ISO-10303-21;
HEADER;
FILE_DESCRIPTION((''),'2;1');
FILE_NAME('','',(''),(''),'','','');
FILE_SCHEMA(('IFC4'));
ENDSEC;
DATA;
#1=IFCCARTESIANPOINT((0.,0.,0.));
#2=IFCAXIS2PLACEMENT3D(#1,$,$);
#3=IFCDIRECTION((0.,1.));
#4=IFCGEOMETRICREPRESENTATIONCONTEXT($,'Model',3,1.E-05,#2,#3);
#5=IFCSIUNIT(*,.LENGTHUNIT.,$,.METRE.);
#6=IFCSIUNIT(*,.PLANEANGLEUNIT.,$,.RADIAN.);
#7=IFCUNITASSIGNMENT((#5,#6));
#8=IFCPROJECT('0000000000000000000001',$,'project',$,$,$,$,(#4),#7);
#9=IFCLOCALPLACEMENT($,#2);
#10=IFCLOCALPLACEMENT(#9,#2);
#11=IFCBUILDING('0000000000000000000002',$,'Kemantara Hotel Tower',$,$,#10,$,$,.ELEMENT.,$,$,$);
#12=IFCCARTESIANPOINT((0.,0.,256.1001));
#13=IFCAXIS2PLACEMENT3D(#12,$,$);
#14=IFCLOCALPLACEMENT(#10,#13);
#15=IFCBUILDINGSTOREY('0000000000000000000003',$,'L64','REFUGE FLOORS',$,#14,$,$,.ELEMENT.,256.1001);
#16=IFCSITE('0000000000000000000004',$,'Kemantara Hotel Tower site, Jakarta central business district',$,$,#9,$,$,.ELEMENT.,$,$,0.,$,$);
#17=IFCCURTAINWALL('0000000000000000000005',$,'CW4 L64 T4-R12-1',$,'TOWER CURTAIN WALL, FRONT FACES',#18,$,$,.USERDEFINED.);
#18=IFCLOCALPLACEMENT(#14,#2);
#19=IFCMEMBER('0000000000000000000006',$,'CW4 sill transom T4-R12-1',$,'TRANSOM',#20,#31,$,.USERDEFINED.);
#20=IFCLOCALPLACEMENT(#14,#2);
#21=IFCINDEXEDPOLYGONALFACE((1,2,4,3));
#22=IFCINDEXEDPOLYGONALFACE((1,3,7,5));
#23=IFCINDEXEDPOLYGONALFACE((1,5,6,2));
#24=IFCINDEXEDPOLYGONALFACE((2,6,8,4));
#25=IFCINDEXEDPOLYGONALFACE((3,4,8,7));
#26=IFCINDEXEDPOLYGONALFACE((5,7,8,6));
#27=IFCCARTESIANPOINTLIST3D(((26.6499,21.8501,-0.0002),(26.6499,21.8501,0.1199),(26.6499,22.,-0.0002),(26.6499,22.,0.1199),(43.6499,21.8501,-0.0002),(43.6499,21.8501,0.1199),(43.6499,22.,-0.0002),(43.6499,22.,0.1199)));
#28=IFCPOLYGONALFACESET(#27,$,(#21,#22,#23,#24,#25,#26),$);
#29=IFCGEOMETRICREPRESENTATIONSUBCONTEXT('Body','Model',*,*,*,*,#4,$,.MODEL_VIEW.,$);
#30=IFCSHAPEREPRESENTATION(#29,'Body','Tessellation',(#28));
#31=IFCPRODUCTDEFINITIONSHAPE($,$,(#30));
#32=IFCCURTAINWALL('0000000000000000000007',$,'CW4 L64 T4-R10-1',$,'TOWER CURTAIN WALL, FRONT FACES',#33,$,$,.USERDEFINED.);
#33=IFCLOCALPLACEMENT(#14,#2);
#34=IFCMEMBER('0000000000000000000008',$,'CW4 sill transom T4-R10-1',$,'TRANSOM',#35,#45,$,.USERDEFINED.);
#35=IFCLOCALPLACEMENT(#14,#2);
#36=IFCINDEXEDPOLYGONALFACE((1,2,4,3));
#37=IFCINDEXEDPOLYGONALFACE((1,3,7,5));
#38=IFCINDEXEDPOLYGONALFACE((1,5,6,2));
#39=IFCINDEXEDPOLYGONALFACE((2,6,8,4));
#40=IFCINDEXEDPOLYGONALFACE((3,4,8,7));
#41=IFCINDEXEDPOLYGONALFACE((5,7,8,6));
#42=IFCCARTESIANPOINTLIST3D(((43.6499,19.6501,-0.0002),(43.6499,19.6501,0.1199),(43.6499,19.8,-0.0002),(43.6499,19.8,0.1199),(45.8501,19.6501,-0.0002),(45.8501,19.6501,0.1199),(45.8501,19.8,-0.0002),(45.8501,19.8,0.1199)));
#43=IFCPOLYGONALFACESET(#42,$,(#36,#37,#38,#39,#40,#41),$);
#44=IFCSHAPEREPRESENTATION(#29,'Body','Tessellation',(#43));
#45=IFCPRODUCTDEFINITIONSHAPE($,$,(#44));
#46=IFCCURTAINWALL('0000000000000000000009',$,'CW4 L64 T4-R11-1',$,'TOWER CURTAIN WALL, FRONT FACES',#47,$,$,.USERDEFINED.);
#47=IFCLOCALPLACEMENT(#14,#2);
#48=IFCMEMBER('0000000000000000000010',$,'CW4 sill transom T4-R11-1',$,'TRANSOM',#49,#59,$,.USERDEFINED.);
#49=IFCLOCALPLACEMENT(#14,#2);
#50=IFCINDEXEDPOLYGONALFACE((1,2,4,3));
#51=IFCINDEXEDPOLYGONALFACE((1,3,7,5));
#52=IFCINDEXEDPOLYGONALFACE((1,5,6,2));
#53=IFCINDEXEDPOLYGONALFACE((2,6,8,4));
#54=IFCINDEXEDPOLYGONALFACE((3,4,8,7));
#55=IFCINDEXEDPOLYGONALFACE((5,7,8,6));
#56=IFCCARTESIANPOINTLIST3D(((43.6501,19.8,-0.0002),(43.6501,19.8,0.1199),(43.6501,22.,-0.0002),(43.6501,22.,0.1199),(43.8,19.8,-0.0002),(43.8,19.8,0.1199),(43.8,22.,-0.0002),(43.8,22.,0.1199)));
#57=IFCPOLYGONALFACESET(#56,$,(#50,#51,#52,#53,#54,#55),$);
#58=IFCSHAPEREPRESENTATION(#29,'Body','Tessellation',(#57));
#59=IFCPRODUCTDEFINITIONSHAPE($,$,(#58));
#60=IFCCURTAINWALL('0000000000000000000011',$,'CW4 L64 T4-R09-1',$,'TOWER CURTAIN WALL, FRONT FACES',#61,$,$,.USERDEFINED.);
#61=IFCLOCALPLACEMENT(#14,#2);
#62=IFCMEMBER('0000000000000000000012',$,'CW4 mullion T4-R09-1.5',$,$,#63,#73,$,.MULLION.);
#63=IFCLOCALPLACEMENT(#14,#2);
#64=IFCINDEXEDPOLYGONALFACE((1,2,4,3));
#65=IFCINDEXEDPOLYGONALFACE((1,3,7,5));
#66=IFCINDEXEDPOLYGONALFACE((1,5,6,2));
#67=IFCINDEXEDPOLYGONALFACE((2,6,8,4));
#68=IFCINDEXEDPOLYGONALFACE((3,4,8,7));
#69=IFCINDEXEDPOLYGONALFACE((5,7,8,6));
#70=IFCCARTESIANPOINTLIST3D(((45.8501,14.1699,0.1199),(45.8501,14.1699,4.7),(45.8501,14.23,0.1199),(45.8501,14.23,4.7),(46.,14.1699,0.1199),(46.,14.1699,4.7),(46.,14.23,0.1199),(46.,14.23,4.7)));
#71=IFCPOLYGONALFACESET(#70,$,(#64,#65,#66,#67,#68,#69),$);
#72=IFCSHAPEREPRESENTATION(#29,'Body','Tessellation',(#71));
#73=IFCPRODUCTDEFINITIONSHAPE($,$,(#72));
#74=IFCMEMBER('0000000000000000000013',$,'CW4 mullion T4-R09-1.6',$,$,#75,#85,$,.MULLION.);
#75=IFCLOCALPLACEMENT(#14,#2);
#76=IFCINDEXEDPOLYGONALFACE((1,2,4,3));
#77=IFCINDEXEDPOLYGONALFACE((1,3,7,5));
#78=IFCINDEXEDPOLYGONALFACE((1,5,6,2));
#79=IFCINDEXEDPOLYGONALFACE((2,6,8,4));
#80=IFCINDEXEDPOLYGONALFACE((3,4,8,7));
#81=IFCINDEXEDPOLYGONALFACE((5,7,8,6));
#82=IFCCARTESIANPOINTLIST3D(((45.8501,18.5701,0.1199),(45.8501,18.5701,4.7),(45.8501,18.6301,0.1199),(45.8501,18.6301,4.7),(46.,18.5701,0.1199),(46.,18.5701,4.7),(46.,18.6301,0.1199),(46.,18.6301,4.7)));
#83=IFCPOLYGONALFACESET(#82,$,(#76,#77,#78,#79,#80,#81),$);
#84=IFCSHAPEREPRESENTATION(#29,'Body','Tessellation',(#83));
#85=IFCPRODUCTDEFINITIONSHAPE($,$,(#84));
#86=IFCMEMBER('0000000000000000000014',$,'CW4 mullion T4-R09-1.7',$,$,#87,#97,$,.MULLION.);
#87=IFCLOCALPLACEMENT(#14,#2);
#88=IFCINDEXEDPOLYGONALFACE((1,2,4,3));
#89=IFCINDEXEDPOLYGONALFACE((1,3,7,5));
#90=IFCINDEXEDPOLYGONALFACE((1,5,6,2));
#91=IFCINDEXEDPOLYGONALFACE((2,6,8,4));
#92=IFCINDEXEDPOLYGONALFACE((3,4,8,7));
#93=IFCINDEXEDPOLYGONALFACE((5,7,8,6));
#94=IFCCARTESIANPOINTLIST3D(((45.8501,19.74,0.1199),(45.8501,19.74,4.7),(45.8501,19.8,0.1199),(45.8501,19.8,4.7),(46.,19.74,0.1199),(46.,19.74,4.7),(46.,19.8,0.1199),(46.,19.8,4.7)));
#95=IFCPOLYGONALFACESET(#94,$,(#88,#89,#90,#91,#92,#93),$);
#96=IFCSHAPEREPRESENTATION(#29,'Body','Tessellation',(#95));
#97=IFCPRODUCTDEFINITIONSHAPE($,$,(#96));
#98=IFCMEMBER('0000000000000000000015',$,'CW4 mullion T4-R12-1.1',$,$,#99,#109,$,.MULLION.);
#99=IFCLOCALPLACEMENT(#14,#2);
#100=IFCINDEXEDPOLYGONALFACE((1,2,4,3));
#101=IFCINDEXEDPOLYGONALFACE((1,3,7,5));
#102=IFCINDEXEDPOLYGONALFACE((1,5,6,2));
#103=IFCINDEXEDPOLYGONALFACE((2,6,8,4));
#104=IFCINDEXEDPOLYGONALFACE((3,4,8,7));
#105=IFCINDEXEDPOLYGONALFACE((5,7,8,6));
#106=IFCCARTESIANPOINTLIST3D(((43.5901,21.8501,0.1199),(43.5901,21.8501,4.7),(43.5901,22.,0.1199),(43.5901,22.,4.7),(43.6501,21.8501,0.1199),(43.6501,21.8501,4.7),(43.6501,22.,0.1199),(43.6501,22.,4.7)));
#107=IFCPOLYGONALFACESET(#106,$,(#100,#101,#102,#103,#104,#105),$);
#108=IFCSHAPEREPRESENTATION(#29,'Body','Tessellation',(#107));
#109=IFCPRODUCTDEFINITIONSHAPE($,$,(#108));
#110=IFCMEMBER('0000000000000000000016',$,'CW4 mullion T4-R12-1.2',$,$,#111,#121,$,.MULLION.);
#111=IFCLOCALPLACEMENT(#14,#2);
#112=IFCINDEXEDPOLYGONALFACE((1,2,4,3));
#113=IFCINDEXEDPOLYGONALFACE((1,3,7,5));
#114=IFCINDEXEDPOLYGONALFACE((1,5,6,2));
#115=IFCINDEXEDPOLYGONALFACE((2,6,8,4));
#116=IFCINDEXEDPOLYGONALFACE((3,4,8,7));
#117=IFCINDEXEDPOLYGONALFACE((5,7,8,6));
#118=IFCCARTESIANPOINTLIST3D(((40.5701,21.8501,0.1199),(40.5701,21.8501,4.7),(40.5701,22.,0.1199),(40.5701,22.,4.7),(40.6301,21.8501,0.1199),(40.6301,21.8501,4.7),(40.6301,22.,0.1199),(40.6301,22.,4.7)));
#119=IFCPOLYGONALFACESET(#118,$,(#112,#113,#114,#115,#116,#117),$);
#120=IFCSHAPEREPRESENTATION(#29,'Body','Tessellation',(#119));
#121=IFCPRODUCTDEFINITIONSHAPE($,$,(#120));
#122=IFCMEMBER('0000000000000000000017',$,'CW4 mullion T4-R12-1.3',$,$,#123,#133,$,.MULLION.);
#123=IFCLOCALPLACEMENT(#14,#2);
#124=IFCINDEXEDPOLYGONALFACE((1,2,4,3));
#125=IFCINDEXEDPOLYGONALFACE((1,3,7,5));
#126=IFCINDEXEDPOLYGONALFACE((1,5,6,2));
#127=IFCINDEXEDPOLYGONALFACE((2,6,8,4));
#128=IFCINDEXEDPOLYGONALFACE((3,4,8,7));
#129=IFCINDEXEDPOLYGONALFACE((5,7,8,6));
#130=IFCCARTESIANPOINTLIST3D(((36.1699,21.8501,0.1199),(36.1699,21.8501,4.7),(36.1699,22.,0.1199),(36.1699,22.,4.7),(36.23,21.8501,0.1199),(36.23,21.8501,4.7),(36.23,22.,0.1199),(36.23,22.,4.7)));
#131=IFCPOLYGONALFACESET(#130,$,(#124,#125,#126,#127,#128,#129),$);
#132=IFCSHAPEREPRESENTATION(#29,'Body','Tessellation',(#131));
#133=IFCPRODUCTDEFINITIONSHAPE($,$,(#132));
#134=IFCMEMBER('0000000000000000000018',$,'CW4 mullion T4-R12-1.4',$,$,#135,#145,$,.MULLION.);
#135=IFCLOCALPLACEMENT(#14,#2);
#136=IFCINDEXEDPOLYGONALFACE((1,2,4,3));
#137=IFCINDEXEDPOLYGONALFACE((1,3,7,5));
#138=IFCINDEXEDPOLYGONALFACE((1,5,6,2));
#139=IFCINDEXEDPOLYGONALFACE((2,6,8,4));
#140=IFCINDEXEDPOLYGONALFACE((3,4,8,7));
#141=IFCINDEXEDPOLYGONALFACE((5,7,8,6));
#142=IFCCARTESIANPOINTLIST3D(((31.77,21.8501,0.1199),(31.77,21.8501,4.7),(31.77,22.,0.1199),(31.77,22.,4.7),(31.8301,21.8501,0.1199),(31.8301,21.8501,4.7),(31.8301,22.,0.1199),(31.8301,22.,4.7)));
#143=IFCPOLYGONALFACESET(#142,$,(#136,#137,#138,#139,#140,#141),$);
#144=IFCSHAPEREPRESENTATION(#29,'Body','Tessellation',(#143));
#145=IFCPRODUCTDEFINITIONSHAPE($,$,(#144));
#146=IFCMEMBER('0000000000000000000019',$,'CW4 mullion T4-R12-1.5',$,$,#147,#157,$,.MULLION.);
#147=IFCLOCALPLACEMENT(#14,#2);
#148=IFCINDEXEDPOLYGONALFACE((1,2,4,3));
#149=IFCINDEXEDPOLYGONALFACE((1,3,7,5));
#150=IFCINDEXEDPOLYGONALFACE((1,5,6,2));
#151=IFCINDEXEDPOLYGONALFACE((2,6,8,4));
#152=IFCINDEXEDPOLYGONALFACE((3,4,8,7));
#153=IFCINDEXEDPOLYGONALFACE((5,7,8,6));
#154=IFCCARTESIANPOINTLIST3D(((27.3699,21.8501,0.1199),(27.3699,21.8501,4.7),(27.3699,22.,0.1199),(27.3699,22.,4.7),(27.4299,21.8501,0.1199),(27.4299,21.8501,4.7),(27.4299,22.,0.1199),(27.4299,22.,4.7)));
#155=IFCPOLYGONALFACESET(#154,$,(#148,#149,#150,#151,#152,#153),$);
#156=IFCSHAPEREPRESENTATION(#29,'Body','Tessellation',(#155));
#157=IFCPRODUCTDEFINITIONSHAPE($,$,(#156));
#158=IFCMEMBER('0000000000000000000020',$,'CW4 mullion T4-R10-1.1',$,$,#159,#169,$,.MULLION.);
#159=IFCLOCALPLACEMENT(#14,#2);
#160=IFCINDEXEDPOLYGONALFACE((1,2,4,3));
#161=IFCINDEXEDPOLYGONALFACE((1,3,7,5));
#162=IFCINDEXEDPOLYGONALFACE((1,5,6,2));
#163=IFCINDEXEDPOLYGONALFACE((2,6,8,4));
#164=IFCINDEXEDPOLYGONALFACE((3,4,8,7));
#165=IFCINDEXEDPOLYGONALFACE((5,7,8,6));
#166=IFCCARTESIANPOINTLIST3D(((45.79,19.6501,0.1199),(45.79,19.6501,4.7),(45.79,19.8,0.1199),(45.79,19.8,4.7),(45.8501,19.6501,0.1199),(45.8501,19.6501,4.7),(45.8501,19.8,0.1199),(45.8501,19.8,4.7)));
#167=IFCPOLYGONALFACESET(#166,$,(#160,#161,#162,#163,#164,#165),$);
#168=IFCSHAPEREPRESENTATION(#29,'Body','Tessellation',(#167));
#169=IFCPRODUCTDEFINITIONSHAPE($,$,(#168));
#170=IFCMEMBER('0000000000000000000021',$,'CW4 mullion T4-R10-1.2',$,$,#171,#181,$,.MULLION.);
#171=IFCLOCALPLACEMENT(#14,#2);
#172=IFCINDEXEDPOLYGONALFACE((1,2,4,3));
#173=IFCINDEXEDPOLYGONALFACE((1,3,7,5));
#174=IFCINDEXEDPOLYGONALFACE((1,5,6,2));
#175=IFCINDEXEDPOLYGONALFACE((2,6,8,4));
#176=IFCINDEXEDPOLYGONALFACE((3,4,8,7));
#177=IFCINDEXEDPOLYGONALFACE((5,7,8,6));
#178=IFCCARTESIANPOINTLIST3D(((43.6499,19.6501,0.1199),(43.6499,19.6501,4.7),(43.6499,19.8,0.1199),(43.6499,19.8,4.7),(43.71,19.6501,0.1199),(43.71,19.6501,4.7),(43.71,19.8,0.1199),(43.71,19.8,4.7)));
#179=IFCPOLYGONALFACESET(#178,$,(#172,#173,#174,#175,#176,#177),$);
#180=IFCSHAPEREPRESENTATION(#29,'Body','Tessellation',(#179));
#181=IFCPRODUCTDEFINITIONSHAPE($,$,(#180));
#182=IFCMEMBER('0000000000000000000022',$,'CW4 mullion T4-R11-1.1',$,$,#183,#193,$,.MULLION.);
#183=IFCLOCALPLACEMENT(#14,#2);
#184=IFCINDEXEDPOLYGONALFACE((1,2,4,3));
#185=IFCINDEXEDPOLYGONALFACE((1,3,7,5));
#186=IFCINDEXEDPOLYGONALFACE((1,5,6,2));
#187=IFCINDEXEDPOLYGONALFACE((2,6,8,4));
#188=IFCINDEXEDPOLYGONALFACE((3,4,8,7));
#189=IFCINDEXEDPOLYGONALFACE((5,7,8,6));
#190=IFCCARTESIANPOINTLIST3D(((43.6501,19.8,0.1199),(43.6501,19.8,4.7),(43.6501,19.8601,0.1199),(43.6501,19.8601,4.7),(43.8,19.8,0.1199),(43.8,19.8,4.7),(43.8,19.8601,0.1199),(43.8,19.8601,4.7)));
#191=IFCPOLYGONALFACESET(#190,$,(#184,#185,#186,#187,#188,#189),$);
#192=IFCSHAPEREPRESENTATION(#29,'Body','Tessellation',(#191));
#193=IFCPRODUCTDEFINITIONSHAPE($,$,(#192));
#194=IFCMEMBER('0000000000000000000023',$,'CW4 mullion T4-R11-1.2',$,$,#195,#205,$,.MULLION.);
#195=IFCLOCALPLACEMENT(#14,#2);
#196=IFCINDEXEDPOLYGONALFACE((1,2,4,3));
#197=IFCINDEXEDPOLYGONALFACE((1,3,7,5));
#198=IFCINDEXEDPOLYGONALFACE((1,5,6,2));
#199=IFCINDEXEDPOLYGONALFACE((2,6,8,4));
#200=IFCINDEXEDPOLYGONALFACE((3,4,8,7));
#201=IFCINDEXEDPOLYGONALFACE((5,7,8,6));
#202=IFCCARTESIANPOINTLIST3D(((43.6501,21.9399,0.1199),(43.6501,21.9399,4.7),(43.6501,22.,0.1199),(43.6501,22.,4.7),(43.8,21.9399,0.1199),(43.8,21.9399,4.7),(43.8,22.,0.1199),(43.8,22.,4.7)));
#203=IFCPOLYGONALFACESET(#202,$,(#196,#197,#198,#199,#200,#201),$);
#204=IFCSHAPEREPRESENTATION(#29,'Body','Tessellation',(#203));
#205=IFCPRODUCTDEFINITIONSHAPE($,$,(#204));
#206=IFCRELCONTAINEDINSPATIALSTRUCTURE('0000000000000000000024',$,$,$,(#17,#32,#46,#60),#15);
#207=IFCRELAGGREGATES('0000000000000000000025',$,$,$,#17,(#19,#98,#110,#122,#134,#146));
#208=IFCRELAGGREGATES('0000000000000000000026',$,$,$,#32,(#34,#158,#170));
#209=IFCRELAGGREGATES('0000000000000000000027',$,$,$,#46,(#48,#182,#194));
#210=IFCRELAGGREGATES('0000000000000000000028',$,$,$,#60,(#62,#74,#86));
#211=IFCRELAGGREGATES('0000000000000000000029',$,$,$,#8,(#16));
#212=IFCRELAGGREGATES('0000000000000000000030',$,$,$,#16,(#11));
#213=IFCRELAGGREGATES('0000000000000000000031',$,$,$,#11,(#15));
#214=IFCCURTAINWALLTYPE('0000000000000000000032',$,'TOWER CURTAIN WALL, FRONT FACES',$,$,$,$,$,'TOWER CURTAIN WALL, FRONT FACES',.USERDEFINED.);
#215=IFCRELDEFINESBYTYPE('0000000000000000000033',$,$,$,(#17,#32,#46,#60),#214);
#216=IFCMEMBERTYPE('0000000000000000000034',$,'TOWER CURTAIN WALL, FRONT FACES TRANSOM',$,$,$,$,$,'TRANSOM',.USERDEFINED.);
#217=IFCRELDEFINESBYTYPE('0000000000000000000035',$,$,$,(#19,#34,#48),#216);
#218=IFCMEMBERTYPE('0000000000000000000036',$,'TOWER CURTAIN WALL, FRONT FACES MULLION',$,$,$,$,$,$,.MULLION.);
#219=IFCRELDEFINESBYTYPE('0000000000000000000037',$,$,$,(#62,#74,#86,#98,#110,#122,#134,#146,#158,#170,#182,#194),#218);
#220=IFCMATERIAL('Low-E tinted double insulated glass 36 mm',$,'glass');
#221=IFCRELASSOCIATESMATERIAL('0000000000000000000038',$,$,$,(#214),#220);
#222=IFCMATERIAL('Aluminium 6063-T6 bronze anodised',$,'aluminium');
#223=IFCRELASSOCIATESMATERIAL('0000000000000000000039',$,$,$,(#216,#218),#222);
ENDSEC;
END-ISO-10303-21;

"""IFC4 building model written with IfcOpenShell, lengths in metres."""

from ifc_helpers import new_model, si_unit, direction, frame, origin, origin_2d, place, context, subcontext, project, spatial, rectangle, extrude, source, transform, mapped, material, material_profile, profile_set, type_object, element, aggregate, save


model = new_model("IFC4")

# Units and contexts
model_context = context("Model", 3, precision=1e-05, world=origin(), true_north=direction((0.0, 1.0)))
body_context = subcontext(model_context, "Body", "Model", "MODEL_VIEW")
ifc_project = project(units=[si_unit("LENGTHUNIT", "METRE"), si_unit("PLANEANGLEUNIT", "RADIAN")], contexts=[model_context])

# Site, building, storey
site_placement = place(None, origin())
site = spatial("IfcSite", under=ifc_project, at=site_placement, Name="Kemantara Hotel Tower site, Jakarta central business district", CompositionType="ELEMENT", RefElevation=0.0)
building_placement = place(site_placement, origin())
building = spatial("IfcBuilding", under=site, at=building_placement, Name="Kemantara Hotel Tower", CompositionType="ELEMENT")
storey_placement = place(building_placement, frame((0.0, 0.0, 256.1001)))
storey = spatial("IfcBuildingStorey", under=building, at=storey_placement, Name="L64", Description="REFUGE FLOORS", CompositionType="ELEMENT", Elevation=256.1001)

# Curtain walls, members
ifc_material_1 = material(Name="Low-E tinted double insulated glass 36 mm", Category="glass")
curtain_wall_type = type_object("IfcCurtainWallType", Name="TOWER CURTAIN WALL, FRONT FACES", ElementType="TOWER CURTAIN WALL, FRONT FACES", PredefinedType="USERDEFINED", material=ifc_material_1)
curtain_wall_1_placement = place(storey_placement, origin())
curtain_wall_1 = element("IfcCurtainWall", 1, at=curtain_wall_1_placement, inside=storey, type_object=curtain_wall_type, Name="CW4 L64 T4-R12-1", ObjectType="TOWER CURTAIN WALL, FRONT FACES", PredefinedType="USERDEFINED")
ifc_material_2 = material(Name="Aluminium 6063-T6 bronze anodised", Category="aluminium")
ifc_material_profile_1 = material_profile(ifc_material_2, rectangle(XDim=0.1499, YDim=0.1201, at=origin_2d()), Name="TOWER CURTAIN WALL, FRONT FACES TRANSOM")
ifc_profile_set_1 = profile_set([ifc_material_profile_1], Name="Aluminium 6063-T6 bronze anodised")
member_type_1 = type_object("IfcMemberType", Name="TOWER CURTAIN WALL, FRONT FACES TRANSOM", ElementType="TRANSOM", PredefinedType="USERDEFINED", material=ifc_profile_set_1)
member_1_placement = place(storey_placement, frame((43.6499, 21.925, 0.0598), z_axis=(-1.0, 0.0, 0.0), x_axis=(0.0, -1.0, 0.0)))
member_1 = element("IfcMember", 2, at=member_1_placement, type_object=member_type_1, Name="CW4 sill transom T4-R12-1", ObjectType="TRANSOM", PredefinedType="USERDEFINED", context=body_context, shape_type="SweptSolid", body=[
    extrude(rectangle(XDim=0.1499, YDim=0.1201, at=origin_2d()), origin(), (0.0, 0.0, 1.0), 17.0),
])
curtain_wall_2_placement = place(storey_placement, origin())
curtain_wall_2 = element("IfcCurtainWall", 3, at=curtain_wall_2_placement, inside=storey, type_object=curtain_wall_type, Name="CW4 L64 T4-R10-1", ObjectType="TOWER CURTAIN WALL, FRONT FACES", PredefinedType="USERDEFINED")
member_2_placement = place(storey_placement, frame((45.8501, 19.7251, 0.0598), z_axis=(-1.0, 0.0, 0.0), x_axis=(0.0, -1.0, 0.0)))
member_2 = element("IfcMember", 4, at=member_2_placement, type_object=member_type_1, Name="CW4 sill transom T4-R10-1", ObjectType="TRANSOM", PredefinedType="USERDEFINED", context=body_context, shape_type="SweptSolid", body=[
    extrude(rectangle(XDim=0.1499, YDim=0.1201, at=origin_2d()), origin(), (0.0, 0.0, 1.0), 2.2002),
])
curtain_wall_3_placement = place(storey_placement, origin())
curtain_wall_3 = element("IfcCurtainWall", 5, at=curtain_wall_3_placement, inside=storey, type_object=curtain_wall_type, Name="CW4 L64 T4-R11-1", ObjectType="TOWER CURTAIN WALL, FRONT FACES", PredefinedType="USERDEFINED")
member_3_placement = place(storey_placement, frame((43.7251, 19.8, 0.0598), z_axis=(0.0, 1.0, 0.0), x_axis=(-1.0, 0.0, 0.0)))
member_3 = element("IfcMember", 6, at=member_3_placement, type_object=member_type_1, Name="CW4 sill transom T4-R11-1", ObjectType="TRANSOM", PredefinedType="USERDEFINED", context=body_context, shape_type="SweptSolid", body=[
    extrude(rectangle(XDim=0.1499, YDim=0.1201, at=origin_2d()), origin(), (0.0, 0.0, 1.0), 2.2),
])

# Curtain wall, members
curtain_wall_4_placement = place(storey_placement, origin())
curtain_wall_4 = element("IfcCurtainWall", 7, at=curtain_wall_4_placement, inside=storey, type_object=curtain_wall_type, Name="CW4 L64 T4-R09-1", ObjectType="TOWER CURTAIN WALL, FRONT FACES", PredefinedType="USERDEFINED")
ifc_material_profile_2 = material_profile(ifc_material_2, rectangle(XDim=0.1499, YDim=0.0601, at=origin_2d()), Name="TOWER CURTAIN WALL, FRONT FACES MULLION")
ifc_profile_set_2 = profile_set([ifc_material_profile_2], Name="Aluminium 6063-T6 bronze anodised")
member_type_2 = type_object("IfcMemberType", Name="TOWER CURTAIN WALL, FRONT FACES MULLION", PredefinedType="MULLION", material=ifc_profile_set_2)
shared_shape_1 = source(origin(), body_context, "Body", "SweptSolid", [
    extrude(rectangle(XDim=0.1499, YDim=0.0601, at=origin_2d()), origin(), (0.0, 0.0, 1.0), 4.5801),
])
member_4_placement = place(storey_placement, frame((45.925, 14.2, 0.1199), z_axis=(0.0, 0.0, 1.0), x_axis=(-1.0, 0.0, 0.0)))
member_4 = element("IfcMember", 8, at=member_4_placement, type_object=member_type_2, Name="CW4 mullion T4-R09-1.5", PredefinedType="MULLION", context=body_context, shape_type="MappedRepresentation", body=[
    mapped(shared_shape_1, transform((0.0, 0.0, 0.0))),
])
member_5_placement = place(storey_placement, frame((45.925, 18.6001, 0.1199), z_axis=(0.0, 0.0, 1.0), x_axis=(-1.0, 0.0, 0.0)))
member_5 = element("IfcMember", 9, at=member_5_placement, type_object=member_type_2, Name="CW4 mullion T4-R09-1.6", PredefinedType="MULLION", context=body_context, shape_type="MappedRepresentation", body=[
    mapped(shared_shape_1, transform((0.0, 0.0, 0.0))),
])
member_6_placement = place(storey_placement, frame((45.925, 19.77, 0.1199), z_axis=(0.0, 0.0, 1.0), x_axis=(-1.0, 0.0, 0.0)))
member_6 = element("IfcMember", 10, at=member_6_placement, type_object=member_type_2, Name="CW4 mullion T4-R09-1.7", PredefinedType="MULLION", context=body_context, shape_type="MappedRepresentation", body=[
    mapped(shared_shape_1, transform((0.0, 0.0, 0.0))),
])

# Members
member_7_placement = place(storey_placement, frame((43.6201, 21.925, 0.1199), z_axis=(0.0, 0.0, 1.0), x_axis=(0.0, -1.0, 0.0)))
member_7 = element("IfcMember", 11, at=member_7_placement, type_object=member_type_2, Name="CW4 mullion T4-R12-1.1", PredefinedType="MULLION", context=body_context, shape_type="MappedRepresentation", body=[
    mapped(shared_shape_1, transform((0.0, 0.0, 0.0))),
])
member_8_placement = place(storey_placement, frame((40.6001, 21.925, 0.1199), z_axis=(0.0, 0.0, 1.0), x_axis=(0.0, -1.0, 0.0)))
member_8 = element("IfcMember", 12, at=member_8_placement, type_object=member_type_2, Name="CW4 mullion T4-R12-1.2", PredefinedType="MULLION", context=body_context, shape_type="MappedRepresentation", body=[
    mapped(shared_shape_1, transform((0.0, 0.0, 0.0))),
])
member_9_placement = place(storey_placement, frame((36.2, 21.925, 0.1199), z_axis=(0.0, 0.0, 1.0), x_axis=(0.0, -1.0, 0.0)))
member_9 = element("IfcMember", 13, at=member_9_placement, type_object=member_type_2, Name="CW4 mullion T4-R12-1.3", PredefinedType="MULLION", context=body_context, shape_type="MappedRepresentation", body=[
    mapped(shared_shape_1, transform((0.0, 0.0, 0.0))),
])
member_10_placement = place(storey_placement, frame((31.8, 21.925, 0.1199), z_axis=(0.0, 0.0, 1.0), x_axis=(0.0, -1.0, 0.0)))
member_10 = element("IfcMember", 14, at=member_10_placement, type_object=member_type_2, Name="CW4 mullion T4-R12-1.4", PredefinedType="MULLION", context=body_context, shape_type="MappedRepresentation", body=[
    mapped(shared_shape_1, transform((0.0, 0.0, 0.0))),
])
member_11_placement = place(storey_placement, frame((27.3999, 21.925, 0.1199), z_axis=(0.0, 0.0, 1.0), x_axis=(0.0, -1.0, 0.0)))
member_11 = element("IfcMember", 15, at=member_11_placement, type_object=member_type_2, Name="CW4 mullion T4-R12-1.5", PredefinedType="MULLION", context=body_context, shape_type="MappedRepresentation", body=[
    mapped(shared_shape_1, transform((0.0, 0.0, 0.0))),
])
member_12_placement = place(storey_placement, frame((45.8201, 19.7251, 0.1199), z_axis=(0.0, 0.0, 1.0), x_axis=(0.0, -1.0, 0.0)))
member_12 = element("IfcMember", 16, at=member_12_placement, type_object=member_type_2, Name="CW4 mullion T4-R10-1.1", PredefinedType="MULLION", context=body_context, shape_type="MappedRepresentation", body=[
    mapped(shared_shape_1, transform((0.0, 0.0, 0.0))),
])
member_13_placement = place(storey_placement, frame((43.6799, 19.7251, 0.1199), z_axis=(0.0, 0.0, 1.0), x_axis=(0.0, -1.0, 0.0)))
member_13 = element("IfcMember", 17, at=member_13_placement, type_object=member_type_2, Name="CW4 mullion T4-R10-1.2", PredefinedType="MULLION", context=body_context, shape_type="MappedRepresentation", body=[
    mapped(shared_shape_1, transform((0.0, 0.0, 0.0))),
])
member_14_placement = place(storey_placement, frame((43.7251, 19.8301, 0.1199), z_axis=(0.0, 0.0, 1.0), x_axis=(-1.0, 0.0, 0.0)))
member_14 = element("IfcMember", 18, at=member_14_placement, type_object=member_type_2, Name="CW4 mullion T4-R11-1.1", PredefinedType="MULLION", context=body_context, shape_type="MappedRepresentation", body=[
    mapped(shared_shape_1, transform((0.0, 0.0, 0.0))),
])
member_15_placement = place(storey_placement, frame((43.7251, 21.97, 0.1199), z_axis=(0.0, 0.0, 1.0), x_axis=(-1.0, 0.0, 0.0)))
member_15 = element("IfcMember", 19, at=member_15_placement, type_object=member_type_2, Name="CW4 mullion T4-R11-1.2", PredefinedType="MULLION", context=body_context, shape_type="MappedRepresentation", body=[
    mapped(shared_shape_1, transform((0.0, 0.0, 0.0))),
])

aggregate(curtain_wall_1, [member_1, member_7, member_8, member_9, member_10, member_11])
aggregate(curtain_wall_2, [member_2, member_12, member_13])
aggregate(curtain_wall_3, [member_3, member_14, member_15])
aggregate(curtain_wall_4, [member_4, member_5, member_6])

save(model, "model.ifc")
